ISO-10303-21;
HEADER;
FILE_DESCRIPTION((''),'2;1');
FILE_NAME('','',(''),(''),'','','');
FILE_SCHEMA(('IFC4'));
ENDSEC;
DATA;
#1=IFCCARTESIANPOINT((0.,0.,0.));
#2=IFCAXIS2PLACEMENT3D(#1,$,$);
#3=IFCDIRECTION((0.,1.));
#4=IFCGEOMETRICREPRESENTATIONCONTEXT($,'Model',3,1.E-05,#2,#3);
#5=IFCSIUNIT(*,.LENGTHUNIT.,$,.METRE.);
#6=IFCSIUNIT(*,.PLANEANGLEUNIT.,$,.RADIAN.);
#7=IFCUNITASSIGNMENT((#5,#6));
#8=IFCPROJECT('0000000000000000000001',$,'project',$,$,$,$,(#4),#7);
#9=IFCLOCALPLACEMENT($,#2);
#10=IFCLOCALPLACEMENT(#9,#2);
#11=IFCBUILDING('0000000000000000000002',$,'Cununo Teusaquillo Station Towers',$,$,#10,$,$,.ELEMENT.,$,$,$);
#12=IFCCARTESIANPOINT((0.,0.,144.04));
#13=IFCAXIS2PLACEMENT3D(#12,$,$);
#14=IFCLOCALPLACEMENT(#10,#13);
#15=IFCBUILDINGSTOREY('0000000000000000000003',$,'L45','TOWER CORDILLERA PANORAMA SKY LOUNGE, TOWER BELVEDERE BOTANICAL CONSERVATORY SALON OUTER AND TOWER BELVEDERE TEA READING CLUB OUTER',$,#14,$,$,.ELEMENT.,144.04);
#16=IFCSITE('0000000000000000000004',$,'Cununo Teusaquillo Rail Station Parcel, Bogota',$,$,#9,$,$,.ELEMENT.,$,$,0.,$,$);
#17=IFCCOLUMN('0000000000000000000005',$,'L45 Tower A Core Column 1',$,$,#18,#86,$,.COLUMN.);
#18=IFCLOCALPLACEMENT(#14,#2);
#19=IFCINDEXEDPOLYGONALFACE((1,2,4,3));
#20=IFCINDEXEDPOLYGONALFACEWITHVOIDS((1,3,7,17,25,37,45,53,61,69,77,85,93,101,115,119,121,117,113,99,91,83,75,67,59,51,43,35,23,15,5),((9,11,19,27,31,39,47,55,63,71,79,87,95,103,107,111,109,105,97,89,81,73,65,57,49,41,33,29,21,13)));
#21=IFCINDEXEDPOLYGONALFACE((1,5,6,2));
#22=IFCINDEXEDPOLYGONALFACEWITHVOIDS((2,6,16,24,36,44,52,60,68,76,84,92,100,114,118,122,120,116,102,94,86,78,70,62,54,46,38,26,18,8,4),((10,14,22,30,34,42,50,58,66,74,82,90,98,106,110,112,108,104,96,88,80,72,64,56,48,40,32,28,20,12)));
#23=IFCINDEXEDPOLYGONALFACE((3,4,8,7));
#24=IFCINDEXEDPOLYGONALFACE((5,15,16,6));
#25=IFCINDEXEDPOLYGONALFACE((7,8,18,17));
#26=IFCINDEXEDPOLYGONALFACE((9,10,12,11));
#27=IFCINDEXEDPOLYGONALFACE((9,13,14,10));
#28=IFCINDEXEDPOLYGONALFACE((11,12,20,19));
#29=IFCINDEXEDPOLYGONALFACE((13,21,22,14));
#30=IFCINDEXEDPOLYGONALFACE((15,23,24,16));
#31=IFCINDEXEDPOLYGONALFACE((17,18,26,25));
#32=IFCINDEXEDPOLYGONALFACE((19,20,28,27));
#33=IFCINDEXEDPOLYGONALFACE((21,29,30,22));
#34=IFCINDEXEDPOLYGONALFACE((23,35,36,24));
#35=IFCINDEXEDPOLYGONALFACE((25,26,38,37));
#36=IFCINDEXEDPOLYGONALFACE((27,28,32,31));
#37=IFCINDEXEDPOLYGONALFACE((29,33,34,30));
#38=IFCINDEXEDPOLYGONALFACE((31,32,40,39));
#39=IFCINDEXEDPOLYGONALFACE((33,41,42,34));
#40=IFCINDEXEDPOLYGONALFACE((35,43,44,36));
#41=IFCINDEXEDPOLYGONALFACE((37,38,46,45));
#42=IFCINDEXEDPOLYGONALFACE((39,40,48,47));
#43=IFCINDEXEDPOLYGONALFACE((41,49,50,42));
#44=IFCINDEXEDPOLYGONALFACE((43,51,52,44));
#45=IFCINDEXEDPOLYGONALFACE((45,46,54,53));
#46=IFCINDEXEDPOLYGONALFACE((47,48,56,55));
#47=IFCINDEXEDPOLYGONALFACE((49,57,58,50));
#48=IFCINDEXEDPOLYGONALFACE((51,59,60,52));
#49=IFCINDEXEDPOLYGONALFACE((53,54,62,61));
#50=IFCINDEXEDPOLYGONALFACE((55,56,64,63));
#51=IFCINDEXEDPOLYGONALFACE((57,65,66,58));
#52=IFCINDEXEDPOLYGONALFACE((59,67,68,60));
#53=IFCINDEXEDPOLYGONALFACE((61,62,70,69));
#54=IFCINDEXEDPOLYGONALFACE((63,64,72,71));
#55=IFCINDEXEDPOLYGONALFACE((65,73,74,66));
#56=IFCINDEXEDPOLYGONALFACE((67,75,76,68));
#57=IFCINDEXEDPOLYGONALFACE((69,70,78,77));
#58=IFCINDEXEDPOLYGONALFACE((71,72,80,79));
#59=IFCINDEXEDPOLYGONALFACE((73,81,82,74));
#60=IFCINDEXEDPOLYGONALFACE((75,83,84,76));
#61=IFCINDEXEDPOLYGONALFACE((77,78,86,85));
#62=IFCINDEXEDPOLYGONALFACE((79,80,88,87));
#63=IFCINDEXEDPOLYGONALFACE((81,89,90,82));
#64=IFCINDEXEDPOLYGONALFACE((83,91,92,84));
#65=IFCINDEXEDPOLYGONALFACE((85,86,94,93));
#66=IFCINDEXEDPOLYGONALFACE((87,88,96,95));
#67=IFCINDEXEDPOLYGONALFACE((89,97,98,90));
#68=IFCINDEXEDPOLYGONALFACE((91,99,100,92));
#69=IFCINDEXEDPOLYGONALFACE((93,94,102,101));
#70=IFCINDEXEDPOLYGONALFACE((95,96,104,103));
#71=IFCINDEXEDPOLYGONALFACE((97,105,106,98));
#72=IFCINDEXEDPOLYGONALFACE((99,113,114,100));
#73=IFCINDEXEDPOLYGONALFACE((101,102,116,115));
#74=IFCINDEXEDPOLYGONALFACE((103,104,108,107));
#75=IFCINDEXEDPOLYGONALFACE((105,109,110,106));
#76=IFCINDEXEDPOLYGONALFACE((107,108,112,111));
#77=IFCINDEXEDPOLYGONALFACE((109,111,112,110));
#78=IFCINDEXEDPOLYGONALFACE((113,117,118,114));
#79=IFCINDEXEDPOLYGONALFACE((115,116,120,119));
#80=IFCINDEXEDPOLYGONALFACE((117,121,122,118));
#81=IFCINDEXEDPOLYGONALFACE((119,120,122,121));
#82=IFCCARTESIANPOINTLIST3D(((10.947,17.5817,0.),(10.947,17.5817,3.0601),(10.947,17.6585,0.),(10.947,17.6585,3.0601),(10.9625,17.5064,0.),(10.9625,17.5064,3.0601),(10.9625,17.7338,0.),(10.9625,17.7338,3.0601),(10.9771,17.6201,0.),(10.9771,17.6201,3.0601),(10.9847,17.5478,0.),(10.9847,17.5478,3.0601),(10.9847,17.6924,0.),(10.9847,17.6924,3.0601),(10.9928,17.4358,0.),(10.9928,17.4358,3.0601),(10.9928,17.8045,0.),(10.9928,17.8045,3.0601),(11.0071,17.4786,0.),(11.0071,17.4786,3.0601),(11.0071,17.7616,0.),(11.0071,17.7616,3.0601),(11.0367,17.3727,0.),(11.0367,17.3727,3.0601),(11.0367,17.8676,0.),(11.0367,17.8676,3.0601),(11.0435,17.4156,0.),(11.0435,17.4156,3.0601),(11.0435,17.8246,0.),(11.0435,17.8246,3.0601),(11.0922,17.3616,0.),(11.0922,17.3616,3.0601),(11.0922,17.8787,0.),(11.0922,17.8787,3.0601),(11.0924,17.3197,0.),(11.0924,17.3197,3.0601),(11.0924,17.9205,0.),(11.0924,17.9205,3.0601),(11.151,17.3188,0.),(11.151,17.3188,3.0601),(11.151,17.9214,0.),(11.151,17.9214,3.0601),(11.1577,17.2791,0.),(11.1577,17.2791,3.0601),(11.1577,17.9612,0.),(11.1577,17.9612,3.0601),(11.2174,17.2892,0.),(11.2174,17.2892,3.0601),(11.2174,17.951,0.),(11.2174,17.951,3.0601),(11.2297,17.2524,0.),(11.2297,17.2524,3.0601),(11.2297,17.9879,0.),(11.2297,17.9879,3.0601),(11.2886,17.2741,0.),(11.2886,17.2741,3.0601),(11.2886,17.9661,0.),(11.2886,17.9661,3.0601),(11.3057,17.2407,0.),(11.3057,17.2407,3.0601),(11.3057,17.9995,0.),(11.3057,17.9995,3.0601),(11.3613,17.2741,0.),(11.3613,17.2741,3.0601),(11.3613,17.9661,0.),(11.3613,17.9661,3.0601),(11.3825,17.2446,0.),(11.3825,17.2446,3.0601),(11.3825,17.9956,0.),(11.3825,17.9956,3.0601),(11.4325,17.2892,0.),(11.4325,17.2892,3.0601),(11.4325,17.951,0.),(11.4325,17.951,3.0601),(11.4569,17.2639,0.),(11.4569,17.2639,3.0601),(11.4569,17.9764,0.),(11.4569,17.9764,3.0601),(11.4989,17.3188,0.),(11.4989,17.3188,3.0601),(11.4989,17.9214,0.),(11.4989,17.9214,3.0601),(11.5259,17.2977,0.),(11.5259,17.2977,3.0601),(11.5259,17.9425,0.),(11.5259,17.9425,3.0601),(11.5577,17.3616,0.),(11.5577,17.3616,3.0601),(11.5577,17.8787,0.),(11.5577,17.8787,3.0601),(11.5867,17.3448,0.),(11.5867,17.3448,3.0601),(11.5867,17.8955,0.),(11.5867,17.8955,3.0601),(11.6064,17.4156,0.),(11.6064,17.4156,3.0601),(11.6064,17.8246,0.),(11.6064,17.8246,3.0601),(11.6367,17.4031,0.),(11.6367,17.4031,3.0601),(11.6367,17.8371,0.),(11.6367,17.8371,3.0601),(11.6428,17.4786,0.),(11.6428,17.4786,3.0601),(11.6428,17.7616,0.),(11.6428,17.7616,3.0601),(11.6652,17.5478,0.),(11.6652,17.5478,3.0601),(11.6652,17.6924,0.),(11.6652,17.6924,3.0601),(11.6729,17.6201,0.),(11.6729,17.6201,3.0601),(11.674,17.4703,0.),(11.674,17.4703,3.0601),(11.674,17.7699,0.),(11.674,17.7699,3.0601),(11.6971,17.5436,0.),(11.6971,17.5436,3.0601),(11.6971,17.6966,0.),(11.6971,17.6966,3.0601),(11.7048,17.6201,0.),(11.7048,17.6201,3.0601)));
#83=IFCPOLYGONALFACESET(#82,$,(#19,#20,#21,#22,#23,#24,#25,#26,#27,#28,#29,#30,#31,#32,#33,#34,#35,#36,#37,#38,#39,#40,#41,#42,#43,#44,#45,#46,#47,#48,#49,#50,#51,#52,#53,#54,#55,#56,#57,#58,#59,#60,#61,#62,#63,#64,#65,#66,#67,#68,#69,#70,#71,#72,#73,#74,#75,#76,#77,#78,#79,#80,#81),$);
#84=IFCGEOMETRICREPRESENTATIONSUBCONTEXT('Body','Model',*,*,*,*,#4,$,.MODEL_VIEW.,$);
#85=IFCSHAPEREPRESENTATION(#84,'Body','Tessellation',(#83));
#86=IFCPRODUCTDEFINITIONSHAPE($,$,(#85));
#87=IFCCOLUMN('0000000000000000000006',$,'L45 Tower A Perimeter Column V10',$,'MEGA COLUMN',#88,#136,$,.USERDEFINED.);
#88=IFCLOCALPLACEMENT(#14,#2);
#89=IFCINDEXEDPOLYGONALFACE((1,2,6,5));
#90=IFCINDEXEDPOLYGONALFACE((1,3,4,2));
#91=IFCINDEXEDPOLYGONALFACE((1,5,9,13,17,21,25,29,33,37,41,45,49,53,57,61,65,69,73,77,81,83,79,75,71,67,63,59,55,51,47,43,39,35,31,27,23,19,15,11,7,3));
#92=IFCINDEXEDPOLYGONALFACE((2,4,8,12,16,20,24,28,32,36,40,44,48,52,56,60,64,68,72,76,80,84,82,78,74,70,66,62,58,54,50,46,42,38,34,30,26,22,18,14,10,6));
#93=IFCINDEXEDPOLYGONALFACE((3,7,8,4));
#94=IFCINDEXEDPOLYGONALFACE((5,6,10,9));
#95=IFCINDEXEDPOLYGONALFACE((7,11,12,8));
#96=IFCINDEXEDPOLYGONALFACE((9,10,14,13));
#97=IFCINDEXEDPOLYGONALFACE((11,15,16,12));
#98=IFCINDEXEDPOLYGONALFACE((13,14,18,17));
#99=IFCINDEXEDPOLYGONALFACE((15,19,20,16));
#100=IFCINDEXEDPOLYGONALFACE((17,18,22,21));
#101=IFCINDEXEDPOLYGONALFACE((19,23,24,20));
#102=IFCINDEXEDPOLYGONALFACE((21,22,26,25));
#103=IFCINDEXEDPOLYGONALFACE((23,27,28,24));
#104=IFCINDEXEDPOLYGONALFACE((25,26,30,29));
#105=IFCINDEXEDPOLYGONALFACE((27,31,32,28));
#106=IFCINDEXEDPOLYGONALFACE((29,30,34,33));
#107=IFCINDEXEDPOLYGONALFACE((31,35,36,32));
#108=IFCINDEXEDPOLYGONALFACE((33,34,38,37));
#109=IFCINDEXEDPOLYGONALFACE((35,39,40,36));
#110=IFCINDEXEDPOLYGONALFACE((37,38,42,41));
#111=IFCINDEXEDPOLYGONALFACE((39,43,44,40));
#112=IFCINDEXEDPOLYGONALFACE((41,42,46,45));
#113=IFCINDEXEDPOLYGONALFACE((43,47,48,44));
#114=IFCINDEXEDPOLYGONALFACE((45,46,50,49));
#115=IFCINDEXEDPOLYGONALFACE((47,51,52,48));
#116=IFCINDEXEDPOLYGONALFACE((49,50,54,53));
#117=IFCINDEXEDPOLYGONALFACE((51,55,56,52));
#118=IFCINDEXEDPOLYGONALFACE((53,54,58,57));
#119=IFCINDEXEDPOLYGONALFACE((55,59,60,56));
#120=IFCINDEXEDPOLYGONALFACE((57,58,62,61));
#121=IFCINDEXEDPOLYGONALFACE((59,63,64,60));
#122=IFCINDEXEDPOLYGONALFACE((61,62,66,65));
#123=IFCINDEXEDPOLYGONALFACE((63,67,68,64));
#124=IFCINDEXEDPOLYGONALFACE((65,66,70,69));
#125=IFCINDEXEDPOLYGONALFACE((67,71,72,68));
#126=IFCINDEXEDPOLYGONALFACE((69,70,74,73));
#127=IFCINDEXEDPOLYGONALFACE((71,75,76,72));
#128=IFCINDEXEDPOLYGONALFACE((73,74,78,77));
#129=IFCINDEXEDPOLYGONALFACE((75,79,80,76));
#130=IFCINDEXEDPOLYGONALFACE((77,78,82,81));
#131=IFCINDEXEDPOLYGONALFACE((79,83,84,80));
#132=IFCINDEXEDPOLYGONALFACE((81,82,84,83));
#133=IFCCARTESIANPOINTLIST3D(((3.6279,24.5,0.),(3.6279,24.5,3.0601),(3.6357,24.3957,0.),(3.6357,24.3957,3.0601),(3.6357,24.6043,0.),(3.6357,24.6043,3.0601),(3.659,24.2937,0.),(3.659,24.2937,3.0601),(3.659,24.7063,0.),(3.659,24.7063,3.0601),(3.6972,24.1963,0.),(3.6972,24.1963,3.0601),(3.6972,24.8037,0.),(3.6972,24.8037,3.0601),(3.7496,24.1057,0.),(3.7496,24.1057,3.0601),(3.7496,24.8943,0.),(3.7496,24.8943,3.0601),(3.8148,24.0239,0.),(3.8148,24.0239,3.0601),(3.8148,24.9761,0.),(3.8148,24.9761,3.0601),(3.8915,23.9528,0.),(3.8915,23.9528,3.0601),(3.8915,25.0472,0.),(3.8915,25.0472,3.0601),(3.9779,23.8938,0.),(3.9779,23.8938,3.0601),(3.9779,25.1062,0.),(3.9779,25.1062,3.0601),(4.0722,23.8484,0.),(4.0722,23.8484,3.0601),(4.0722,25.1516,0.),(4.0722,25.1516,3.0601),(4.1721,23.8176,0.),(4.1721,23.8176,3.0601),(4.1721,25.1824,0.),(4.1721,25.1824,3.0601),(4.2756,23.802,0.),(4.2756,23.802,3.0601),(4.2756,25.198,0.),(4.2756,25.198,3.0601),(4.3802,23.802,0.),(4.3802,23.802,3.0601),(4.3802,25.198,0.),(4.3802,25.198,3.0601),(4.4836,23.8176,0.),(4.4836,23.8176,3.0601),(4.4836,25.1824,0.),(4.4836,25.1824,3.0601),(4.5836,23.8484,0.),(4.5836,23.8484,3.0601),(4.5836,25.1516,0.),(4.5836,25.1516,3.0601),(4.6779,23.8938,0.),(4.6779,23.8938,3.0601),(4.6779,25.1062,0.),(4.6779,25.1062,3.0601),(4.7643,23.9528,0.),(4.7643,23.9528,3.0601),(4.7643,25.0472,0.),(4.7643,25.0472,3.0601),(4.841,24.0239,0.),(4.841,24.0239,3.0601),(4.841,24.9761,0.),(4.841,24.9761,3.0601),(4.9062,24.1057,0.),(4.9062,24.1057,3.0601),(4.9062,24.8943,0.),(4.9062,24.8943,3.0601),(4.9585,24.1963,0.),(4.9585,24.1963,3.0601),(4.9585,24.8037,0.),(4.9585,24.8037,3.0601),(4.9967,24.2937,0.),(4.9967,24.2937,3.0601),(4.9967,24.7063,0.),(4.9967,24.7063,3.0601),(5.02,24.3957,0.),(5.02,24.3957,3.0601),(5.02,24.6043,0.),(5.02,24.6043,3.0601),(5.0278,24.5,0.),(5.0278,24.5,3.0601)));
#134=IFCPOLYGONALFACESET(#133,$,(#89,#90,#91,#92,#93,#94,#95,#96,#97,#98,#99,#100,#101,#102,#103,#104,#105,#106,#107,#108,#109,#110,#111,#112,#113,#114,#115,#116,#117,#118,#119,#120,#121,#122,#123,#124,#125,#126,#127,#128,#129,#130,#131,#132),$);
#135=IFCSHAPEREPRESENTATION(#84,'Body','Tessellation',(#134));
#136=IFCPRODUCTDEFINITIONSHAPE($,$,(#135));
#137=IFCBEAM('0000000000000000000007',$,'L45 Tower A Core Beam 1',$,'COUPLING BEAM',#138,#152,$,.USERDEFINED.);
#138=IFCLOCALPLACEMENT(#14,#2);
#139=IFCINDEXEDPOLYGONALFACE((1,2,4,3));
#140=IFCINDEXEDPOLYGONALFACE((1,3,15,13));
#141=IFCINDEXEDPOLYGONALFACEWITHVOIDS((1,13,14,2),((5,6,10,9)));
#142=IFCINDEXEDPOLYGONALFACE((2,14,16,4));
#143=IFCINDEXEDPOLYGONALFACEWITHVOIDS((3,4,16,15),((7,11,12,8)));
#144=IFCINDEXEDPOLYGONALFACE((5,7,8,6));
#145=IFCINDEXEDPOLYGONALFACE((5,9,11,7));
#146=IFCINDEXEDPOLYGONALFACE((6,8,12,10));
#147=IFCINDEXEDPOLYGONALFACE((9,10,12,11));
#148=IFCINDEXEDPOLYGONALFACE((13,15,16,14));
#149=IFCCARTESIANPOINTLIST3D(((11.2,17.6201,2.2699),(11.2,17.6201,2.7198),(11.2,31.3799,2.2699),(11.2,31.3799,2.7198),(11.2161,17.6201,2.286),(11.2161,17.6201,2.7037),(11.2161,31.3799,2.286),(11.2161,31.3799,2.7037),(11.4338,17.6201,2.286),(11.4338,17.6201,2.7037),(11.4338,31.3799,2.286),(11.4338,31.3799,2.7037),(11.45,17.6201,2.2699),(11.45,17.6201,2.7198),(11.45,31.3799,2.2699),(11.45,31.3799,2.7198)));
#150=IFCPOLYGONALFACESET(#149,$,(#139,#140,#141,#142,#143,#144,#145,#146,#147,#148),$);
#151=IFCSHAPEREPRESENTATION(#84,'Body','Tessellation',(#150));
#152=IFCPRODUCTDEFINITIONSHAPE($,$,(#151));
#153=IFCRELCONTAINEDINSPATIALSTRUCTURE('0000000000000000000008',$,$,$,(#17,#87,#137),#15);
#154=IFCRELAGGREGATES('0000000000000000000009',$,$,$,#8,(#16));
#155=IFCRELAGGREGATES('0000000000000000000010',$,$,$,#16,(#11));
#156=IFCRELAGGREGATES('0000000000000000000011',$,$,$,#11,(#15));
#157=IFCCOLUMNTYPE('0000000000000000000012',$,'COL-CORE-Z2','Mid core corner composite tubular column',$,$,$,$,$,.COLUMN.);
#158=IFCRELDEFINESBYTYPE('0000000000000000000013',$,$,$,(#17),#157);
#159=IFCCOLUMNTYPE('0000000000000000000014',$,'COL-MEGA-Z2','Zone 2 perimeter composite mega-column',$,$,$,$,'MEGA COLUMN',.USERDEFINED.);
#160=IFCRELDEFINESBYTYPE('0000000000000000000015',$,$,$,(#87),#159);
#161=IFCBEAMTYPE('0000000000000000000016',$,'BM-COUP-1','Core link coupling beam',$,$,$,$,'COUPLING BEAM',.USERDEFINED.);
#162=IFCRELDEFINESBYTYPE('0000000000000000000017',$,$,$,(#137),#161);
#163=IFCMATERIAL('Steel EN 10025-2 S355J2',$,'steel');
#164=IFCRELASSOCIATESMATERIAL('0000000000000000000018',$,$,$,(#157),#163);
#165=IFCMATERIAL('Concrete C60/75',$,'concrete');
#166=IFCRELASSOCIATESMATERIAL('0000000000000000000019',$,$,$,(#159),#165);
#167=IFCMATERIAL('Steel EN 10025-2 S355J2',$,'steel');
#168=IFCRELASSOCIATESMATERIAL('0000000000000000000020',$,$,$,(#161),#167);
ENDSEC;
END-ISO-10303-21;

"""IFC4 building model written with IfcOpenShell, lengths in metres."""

from ifc_helpers import new_model, si_unit, direction, frame, origin, origin_2d, place, context, subcontext, project, spatial, hollow_rectangle, circle, hollow_circle, extrude, material, material_profile, profile_set, type_object, element, save


model = new_model("IFC4")

# Units and contexts
model_context = context("Model", 3, precision=1e-05, world=origin(), true_north=direction((0.0, 1.0)))
body_context = subcontext(model_context, "Body", "Model", "MODEL_VIEW")
ifc_project = project(units=[si_unit("LENGTHUNIT", "METRE"), si_unit("PLANEANGLEUNIT", "RADIAN")], contexts=[model_context])

# Site, building, storey
site_placement = place(None, origin())
site = spatial("IfcSite", under=ifc_project, at=site_placement, Name="Cununo Teusaquillo Rail Station Parcel, Bogota", CompositionType="ELEMENT", RefElevation=0.0)
building_placement = place(site_placement, origin())
building = spatial("IfcBuilding", under=site, at=building_placement, Name="Cununo Teusaquillo Station Towers", CompositionType="ELEMENT")
storey_placement = place(building_placement, frame((0.0, 0.0, 144.04)))
storey = spatial("IfcBuildingStorey", under=building, at=storey_placement, Name="L45", Description="TOWER CORDILLERA PANORAMA SKY LOUNGE, TOWER BELVEDERE BOTANICAL CONSERVATORY SALON OUTER AND TOWER BELVEDERE TEA READING CLUB OUTER", CompositionType="ELEMENT", Elevation=144.04)

# Columns
ifc_material_1 = material(Name="Steel EN 10025-2 S355J2", Category="steel")
ifc_material_profile_1 = material_profile(ifc_material_1, hollow_circle(Radius=0.3799, WallThickness=0.032, at=origin_2d()), Name="CHS 760x32")
ifc_profile_set_1 = profile_set([ifc_material_profile_1], Name="Steel EN 10025-2 S355J2")
column_type_1 = type_object("IfcColumnType", Name="COL-CORE-Z2", Description="Mid core corner composite tubular column", PredefinedType="COLUMN", material=ifc_profile_set_1)
column_1_placement = place(storey_placement, frame((11.325, 17.6201, 0.0), z_axis=(0.0, 0.0, 1.0), x_axis=(1.0, 0.0, 0.0)))
element("IfcColumn", 1, at=column_1_placement, inside=storey, type_object=column_type_1, Name="L45 Tower A Core Column 1", PredefinedType="COLUMN", context=body_context, shape_type="SweptSolid", body=[
    extrude(hollow_circle(Radius=0.3799, WallThickness=0.032, at=origin_2d()), origin(), (0.0, 0.0, 1.0), 3.0601),
])
ifc_material_2 = material(Name="Concrete C60/75", Category="concrete")
ifc_material_profile_2 = material_profile(ifc_material_2, circle(Radius=0.7, at=origin_2d()), Name="RC-CIRC-1400")
ifc_profile_set_2 = profile_set([ifc_material_profile_2], Name="Concrete C60/75")
column_type_2 = type_object("IfcColumnType", Name="COL-MEGA-Z2", Description="Zone 2 perimeter composite mega-column", ElementType="MEGA COLUMN", PredefinedType="USERDEFINED", material=ifc_profile_set_2)
column_2_placement = place(storey_placement, frame((4.3279, 24.5, 0.0), z_axis=(0.0, 0.0, 1.0), x_axis=(1.0, 0.0, 0.0)))
element("IfcColumn", 2, at=column_2_placement, inside=storey, type_object=column_type_2, Name="L45 Tower A Perimeter Column V10", ObjectType="MEGA COLUMN", PredefinedType="USERDEFINED", context=body_context, shape_type="SweptSolid", body=[
    extrude(circle(Radius=0.7, at=origin_2d()), origin(), (0.0, 0.0, 1.0), 3.0601),
])

# Beam
ifc_material_3 = material(Name="Steel EN 10025-2 S355J2", Category="steel")
ifc_material_profile_3 = material_profile(ifc_material_3, hollow_rectangle(XDim=0.25, YDim=0.45, WallThickness=0.0161, at=origin_2d()), Name="RHS 450x250x16")
ifc_profile_set_3 = profile_set([ifc_material_profile_3], Name="Steel EN 10025-2 S355J2")
beam_type_1 = type_object("IfcBeamType", Name="BM-COUP-1", Description="Core link coupling beam", ElementType="COUPLING BEAM", PredefinedType="USERDEFINED", material=ifc_profile_set_3)
beam_1_placement = place(storey_placement, frame((11.325, 17.6201, 2.4949), z_axis=(0.0, 1.0, 0.0), x_axis=(-1.0, 0.0, 0.0)))
element("IfcBeam", 3, at=beam_1_placement, inside=storey, type_object=beam_type_1, Name="L45 Tower A Core Beam 1", ObjectType="COUPLING BEAM", PredefinedType="USERDEFINED", context=body_context, shape_type="SweptSolid", body=[
    extrude(hollow_rectangle(XDim=0.25, YDim=0.45, WallThickness=0.0161, at=origin_2d()), origin(), (0.0, 0.0, 1.0), 13.7598),
])

save(model, "model.ifc")
